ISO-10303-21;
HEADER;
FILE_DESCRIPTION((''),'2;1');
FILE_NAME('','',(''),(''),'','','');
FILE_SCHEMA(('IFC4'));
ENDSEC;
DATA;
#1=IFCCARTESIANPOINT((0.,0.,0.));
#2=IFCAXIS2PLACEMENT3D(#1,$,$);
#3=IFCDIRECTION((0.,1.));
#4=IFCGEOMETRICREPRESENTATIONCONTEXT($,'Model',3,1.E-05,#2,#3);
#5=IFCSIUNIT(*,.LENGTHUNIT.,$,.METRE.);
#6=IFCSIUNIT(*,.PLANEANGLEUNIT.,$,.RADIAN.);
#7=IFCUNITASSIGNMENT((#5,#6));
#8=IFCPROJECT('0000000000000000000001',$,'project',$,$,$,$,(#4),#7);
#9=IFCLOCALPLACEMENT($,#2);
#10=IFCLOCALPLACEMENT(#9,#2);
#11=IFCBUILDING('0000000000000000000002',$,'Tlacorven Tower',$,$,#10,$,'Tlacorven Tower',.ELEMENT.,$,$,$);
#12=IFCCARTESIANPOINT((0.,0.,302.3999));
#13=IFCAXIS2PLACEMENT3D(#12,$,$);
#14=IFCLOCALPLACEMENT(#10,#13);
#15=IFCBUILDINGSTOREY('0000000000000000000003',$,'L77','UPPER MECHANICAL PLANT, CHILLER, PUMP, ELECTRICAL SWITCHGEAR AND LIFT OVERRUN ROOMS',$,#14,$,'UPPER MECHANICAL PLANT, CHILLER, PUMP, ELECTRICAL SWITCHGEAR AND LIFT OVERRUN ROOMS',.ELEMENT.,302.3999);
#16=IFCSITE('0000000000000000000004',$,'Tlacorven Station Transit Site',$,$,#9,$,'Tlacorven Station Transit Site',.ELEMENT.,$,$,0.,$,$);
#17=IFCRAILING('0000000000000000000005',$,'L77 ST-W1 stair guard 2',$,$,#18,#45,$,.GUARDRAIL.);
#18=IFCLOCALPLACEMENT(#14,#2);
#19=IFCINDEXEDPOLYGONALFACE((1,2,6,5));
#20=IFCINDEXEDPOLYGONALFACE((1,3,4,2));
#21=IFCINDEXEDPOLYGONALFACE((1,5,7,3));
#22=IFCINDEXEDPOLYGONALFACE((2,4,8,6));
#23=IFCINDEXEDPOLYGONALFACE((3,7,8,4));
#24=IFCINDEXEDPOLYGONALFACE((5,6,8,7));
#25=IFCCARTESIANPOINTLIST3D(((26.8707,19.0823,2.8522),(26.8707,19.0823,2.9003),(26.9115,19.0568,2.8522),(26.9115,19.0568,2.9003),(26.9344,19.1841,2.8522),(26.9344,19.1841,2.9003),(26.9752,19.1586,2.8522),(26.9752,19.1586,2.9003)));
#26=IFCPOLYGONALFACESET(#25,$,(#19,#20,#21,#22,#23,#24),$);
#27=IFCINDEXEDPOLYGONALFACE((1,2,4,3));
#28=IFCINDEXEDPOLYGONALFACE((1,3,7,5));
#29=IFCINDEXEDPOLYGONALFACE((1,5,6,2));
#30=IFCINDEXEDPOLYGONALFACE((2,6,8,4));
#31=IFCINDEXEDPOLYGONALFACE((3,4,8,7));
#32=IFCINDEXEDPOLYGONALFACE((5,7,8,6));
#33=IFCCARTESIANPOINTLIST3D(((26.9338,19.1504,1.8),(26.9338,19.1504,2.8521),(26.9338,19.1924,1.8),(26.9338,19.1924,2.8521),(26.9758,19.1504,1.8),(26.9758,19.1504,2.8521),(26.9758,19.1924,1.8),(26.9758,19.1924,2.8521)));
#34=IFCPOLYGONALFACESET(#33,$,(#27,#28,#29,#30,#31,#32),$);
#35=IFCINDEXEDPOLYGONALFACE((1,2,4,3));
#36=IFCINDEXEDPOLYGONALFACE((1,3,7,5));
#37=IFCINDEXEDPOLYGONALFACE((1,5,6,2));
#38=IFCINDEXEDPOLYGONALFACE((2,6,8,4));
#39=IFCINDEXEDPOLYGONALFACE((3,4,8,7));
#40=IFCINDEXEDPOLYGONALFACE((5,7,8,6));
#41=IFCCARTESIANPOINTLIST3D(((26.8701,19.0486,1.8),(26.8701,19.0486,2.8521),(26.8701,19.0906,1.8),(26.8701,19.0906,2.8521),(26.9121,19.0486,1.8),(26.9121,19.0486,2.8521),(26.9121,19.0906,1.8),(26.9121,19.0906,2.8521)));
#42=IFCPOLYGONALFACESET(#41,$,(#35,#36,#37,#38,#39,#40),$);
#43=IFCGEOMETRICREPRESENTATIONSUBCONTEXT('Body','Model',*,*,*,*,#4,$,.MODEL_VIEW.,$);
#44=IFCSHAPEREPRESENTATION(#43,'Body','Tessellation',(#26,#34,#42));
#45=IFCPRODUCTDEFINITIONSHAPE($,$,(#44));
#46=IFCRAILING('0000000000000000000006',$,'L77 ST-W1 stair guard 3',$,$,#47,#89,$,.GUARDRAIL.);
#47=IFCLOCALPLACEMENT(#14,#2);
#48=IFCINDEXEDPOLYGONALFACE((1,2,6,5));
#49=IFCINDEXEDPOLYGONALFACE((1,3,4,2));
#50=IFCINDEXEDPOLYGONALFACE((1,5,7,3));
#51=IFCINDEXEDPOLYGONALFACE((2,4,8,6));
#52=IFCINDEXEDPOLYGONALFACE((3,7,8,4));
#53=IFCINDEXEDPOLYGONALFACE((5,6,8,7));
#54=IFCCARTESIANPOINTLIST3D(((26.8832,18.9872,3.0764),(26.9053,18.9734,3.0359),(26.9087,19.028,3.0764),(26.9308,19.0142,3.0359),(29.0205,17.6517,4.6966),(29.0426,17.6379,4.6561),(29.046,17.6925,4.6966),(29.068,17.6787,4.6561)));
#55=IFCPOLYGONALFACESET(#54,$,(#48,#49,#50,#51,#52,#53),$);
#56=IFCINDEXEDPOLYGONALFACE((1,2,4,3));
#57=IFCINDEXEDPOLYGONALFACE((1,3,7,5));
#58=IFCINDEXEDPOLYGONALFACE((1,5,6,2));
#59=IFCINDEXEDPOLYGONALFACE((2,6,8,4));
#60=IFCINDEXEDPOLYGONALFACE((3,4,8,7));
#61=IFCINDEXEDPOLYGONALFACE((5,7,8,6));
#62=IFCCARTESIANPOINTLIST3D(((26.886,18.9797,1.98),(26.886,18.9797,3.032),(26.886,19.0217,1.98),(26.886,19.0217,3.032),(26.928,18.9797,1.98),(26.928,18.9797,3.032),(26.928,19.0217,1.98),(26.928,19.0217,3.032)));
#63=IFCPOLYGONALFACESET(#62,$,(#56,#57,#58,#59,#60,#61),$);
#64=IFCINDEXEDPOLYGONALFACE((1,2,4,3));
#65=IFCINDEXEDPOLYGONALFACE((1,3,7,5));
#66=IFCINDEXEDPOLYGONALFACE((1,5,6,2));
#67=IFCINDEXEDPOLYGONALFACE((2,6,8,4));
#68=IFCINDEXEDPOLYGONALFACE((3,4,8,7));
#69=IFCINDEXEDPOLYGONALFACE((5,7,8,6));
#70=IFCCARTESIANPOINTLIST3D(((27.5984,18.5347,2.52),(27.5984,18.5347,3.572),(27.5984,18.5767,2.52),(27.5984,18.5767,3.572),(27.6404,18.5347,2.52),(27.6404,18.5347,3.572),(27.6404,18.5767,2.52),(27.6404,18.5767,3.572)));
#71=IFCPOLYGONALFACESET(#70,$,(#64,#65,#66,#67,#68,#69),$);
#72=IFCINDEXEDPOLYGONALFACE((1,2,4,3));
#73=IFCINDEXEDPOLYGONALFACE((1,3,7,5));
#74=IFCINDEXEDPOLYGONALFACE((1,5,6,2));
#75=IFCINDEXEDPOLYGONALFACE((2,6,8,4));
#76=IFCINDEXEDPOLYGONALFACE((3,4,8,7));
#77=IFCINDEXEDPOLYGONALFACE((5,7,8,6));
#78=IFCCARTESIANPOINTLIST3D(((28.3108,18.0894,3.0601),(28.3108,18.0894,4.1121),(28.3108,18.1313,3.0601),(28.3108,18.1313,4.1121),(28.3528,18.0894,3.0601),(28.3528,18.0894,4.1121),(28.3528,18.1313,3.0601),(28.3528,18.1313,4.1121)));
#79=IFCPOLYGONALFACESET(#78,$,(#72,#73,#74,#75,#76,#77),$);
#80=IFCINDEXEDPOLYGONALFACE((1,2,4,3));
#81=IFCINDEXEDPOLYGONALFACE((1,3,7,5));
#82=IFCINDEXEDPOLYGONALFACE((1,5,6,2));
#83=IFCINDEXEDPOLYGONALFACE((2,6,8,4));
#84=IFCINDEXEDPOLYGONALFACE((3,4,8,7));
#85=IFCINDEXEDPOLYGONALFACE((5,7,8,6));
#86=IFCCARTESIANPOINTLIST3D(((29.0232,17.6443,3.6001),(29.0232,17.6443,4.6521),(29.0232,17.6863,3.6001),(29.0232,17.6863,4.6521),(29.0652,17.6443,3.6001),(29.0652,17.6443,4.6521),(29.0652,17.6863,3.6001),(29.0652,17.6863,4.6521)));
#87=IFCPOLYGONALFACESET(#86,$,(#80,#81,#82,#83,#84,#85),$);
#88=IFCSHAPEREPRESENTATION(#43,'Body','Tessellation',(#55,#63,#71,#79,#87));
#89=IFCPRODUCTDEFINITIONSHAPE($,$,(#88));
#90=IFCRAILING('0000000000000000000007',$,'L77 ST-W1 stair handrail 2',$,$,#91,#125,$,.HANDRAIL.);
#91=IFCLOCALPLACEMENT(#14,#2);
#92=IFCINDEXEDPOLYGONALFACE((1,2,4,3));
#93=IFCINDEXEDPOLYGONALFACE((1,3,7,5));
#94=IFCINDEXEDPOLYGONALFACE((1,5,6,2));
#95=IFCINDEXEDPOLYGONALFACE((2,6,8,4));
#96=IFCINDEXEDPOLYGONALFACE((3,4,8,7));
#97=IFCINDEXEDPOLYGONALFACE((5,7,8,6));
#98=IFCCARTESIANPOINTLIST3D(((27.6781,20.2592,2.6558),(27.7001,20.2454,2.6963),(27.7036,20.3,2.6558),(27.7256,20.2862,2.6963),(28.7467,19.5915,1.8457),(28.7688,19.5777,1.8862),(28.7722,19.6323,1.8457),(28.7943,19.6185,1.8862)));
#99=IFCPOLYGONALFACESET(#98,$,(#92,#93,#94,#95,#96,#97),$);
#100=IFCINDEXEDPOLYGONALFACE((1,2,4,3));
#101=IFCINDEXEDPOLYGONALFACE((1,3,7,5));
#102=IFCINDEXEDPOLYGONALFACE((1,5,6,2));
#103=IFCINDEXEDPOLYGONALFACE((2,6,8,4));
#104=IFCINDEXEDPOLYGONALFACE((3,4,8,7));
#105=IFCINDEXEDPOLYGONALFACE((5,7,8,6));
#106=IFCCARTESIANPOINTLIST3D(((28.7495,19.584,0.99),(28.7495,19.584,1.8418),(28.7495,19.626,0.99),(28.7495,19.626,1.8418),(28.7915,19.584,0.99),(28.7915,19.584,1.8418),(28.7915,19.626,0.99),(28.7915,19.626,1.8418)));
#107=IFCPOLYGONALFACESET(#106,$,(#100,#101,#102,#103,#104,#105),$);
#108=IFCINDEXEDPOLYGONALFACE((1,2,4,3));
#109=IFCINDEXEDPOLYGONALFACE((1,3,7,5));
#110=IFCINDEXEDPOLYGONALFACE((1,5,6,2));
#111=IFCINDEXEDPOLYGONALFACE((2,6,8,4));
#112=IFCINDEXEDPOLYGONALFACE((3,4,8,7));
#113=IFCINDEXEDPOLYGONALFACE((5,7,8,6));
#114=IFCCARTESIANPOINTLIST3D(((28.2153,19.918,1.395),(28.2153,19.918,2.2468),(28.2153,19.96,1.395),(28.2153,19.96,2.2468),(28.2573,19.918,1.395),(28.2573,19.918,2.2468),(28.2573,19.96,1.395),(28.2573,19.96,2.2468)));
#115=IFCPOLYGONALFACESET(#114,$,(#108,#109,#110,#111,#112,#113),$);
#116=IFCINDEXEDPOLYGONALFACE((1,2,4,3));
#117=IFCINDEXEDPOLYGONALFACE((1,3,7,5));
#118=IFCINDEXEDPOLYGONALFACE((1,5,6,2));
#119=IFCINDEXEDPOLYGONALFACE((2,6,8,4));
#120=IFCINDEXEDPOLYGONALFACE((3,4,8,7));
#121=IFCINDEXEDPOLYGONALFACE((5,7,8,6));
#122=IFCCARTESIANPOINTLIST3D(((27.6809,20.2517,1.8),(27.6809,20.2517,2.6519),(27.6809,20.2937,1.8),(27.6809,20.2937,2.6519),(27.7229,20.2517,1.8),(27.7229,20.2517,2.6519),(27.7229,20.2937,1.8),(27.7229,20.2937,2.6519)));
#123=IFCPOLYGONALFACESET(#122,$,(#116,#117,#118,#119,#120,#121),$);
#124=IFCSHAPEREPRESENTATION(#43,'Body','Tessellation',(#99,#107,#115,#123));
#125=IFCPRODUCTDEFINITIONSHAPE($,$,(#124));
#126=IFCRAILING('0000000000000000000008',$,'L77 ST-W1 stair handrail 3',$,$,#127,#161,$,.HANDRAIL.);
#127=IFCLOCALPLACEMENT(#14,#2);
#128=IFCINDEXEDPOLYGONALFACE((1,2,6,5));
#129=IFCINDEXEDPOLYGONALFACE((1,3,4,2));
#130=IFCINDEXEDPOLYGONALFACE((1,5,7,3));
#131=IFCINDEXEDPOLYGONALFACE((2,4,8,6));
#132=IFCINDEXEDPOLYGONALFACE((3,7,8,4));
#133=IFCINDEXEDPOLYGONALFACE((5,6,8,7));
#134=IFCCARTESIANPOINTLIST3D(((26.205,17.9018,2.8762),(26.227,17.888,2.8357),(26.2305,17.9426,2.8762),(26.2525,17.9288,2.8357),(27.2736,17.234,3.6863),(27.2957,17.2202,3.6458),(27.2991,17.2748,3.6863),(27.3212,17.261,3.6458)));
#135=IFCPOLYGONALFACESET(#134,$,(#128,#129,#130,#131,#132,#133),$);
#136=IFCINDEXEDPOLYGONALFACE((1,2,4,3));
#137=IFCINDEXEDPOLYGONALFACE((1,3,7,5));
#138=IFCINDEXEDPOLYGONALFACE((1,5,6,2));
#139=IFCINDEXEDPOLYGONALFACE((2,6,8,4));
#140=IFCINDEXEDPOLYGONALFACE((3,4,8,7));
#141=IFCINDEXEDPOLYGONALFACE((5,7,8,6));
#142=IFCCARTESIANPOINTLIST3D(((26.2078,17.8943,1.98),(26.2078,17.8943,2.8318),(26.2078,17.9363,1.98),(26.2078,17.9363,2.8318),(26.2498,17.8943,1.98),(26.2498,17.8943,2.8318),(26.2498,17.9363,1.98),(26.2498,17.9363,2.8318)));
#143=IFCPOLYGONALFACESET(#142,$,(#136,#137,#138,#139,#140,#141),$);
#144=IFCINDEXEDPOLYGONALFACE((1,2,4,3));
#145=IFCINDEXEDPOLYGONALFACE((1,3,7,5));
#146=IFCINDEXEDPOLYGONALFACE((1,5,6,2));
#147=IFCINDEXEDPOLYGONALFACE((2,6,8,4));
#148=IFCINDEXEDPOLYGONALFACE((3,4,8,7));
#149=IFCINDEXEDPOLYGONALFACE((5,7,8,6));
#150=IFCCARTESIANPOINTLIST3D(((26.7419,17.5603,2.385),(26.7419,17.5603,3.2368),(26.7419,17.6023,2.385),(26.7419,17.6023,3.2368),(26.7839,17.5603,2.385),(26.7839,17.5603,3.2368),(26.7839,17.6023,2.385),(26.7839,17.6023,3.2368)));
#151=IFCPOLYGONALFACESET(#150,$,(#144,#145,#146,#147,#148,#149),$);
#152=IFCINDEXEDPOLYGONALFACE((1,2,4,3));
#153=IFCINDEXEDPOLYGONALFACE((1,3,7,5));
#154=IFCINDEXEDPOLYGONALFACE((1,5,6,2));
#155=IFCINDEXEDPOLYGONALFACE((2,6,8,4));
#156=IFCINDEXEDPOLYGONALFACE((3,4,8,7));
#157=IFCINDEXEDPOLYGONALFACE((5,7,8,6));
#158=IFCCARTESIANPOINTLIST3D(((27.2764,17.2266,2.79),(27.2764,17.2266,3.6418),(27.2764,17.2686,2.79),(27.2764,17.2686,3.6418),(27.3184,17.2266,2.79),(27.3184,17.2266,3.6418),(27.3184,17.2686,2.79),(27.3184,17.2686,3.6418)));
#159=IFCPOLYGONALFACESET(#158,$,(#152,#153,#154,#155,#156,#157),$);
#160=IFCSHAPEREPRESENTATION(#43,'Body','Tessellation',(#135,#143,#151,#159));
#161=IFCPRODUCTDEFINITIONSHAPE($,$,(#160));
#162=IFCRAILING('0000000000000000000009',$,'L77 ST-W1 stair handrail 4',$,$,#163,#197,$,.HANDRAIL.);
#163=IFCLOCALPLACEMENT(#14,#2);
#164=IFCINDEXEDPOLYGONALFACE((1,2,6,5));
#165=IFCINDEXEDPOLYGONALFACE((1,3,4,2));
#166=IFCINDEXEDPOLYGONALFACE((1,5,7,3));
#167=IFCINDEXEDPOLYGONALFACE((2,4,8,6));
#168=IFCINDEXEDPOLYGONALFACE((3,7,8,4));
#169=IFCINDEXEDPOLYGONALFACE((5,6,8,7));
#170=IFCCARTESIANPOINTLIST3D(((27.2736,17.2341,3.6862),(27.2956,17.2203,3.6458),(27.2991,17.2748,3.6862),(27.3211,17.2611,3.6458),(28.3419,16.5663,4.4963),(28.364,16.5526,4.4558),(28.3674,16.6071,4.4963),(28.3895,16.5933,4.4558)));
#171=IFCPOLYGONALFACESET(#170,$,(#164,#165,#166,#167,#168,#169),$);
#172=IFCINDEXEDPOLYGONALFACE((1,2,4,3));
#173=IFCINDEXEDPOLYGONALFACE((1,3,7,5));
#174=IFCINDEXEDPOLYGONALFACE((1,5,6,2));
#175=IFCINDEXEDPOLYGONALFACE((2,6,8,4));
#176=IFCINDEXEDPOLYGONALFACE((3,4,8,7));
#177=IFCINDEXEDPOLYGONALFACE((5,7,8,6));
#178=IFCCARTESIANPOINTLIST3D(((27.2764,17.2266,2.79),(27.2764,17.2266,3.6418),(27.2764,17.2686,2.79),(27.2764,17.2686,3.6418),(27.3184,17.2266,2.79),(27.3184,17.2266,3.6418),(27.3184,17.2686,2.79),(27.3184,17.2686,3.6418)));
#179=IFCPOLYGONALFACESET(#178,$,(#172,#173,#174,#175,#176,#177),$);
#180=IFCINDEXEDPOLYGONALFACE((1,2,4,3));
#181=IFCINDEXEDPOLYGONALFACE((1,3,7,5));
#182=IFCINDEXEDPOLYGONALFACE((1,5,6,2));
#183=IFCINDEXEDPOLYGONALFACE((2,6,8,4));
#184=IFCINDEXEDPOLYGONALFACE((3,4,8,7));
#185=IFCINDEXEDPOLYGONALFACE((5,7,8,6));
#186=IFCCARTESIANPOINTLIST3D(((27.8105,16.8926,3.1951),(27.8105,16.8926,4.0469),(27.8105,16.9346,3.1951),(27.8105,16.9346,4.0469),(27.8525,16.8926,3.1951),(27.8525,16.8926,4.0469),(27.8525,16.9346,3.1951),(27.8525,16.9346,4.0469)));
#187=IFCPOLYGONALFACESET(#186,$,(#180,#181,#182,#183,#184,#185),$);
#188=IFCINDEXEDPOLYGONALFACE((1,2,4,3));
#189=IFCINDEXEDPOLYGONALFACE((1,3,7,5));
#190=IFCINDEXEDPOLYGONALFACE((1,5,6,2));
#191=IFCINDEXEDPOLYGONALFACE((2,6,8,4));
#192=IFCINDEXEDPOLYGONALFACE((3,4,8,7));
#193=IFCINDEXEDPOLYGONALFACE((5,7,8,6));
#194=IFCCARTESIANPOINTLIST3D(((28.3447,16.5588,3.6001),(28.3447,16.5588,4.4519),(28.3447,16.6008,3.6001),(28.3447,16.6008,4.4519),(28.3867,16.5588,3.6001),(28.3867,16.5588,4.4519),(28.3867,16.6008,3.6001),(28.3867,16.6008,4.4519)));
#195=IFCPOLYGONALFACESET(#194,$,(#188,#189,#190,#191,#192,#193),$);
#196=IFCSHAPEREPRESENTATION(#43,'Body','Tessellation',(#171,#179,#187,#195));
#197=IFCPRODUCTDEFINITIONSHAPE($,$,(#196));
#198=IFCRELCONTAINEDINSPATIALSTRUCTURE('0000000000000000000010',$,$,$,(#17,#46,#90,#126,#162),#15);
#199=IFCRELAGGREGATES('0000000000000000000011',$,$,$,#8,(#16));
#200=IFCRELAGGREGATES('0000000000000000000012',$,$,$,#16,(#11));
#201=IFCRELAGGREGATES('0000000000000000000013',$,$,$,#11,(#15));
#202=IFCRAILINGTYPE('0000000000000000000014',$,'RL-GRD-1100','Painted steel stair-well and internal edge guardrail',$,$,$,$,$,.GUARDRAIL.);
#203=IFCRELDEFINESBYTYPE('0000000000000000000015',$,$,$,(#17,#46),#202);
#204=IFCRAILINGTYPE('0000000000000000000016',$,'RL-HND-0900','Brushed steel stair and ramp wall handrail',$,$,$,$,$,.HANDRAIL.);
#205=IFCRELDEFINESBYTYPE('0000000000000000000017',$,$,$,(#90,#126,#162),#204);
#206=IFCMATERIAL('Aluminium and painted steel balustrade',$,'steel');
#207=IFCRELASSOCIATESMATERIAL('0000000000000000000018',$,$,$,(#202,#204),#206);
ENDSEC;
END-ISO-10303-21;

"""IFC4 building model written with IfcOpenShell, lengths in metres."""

from ifc_helpers import new_model, si_unit, direction, frame, origin, origin_2d, place, context, subcontext, project, spatial, rectangle, extrude, source, transform, mapped, material, type_object, element, save


model = new_model("IFC4")

# Units and contexts
model_context = context("Model", 3, precision=1e-05, world=origin(), true_north=direction((0.0, 1.0)))
body_context = subcontext(model_context, "Body", "Model", "MODEL_VIEW")
ifc_project = project(units=[si_unit("LENGTHUNIT", "METRE"), si_unit("PLANEANGLEUNIT", "RADIAN")], contexts=[model_context])

# Site, building, storey
site_placement = place(None, origin())
site = spatial("IfcSite", under=ifc_project, at=site_placement, Name="Tlacorven Station Transit Site", LongName="Tlacorven Station Transit Site", CompositionType="ELEMENT", RefElevation=0.0)
building_placement = place(site_placement, origin())
building = spatial("IfcBuilding", under=site, at=building_placement, Name="Tlacorven Tower", LongName="Tlacorven Tower", CompositionType="ELEMENT")
storey_placement = place(building_placement, frame((0.0, 0.0, 302.3999)))
storey = spatial("IfcBuildingStorey", under=building, at=storey_placement, Name="L77", Description="UPPER MECHANICAL PLANT, CHILLER, PUMP, ELECTRICAL SWITCHGEAR AND LIFT OVERRUN ROOMS", LongName="UPPER MECHANICAL PLANT, CHILLER, PUMP, ELECTRICAL SWITCHGEAR AND LIFT OVERRUN ROOMS", CompositionType="ELEMENT", Elevation=302.3999)

# Railings
ifc_material_1 = material(Name="Aluminium and painted steel balustrade", Category="steel")
railing_type_1 = type_object("IfcRailingType", Name="RL-GRD-1100", Description="Painted steel stair-well and internal edge guardrail", PredefinedType="GUARDRAIL", material=ifc_material_1)
shared_shape_1 = source(origin(), body_context, "Body", "SweptSolid", [
    extrude(rectangle(XDim=0.0481, YDim=0.0481, at=origin_2d()), frame((0.0, 0.0, 1.0762), z_axis=(-0.530547, -0.847656, 0.0), x_axis=(0.847656, -0.530547, 0.0)), (0.0, 0.0, 1.0), 0.1201),
    extrude(rectangle(XDim=0.042, YDim=0.042, at=origin_2d()), origin(), (0.0, 0.0, 1.0), 1.052),
    extrude(rectangle(XDim=0.042, YDim=0.042, at=origin_2d()), frame((-0.0637, -0.1018, 0.0)), (0.0, 0.0, 1.0), 1.052),
])
railing_1_placement = place(storey_placement, frame((26.9548, 19.1714, 1.8)))
element("IfcRailing", 1, at=railing_1_placement, inside=storey, type_object=railing_type_1, Name="L77 ST-W1 stair guard 2", PredefinedType="GUARDRAIL", context=body_context, shape_type="MappedRepresentation", body=[
    mapped(shared_shape_1, transform((0.0, 0.0, 0.0), scale=1.0)),
])
shared_shape_2 = source(origin(), body_context, "Body", "SweptSolid", [
    extrude(rectangle(XDim=0.0481, YDim=0.0481, at=origin_2d()), frame((0.0, 0.0, 1.0762), z_axis=(0.71336, -0.445748, 0.540765), x_axis=(0.529912, 0.848053, 0.0)), (0.0, 0.0, 1.0), 2.9961),
    extrude(rectangle(XDim=0.042, YDim=0.042, at=origin_2d()), origin(), (0.0, 0.0, 1.0), 1.052),
    extrude(rectangle(XDim=0.042, YDim=0.042, at=origin_2d()), frame((0.7124, -0.4451, 0.54)), (0.0, 0.0, 1.0), 1.052),
    extrude(rectangle(XDim=0.042, YDim=0.042, at=origin_2d()), frame((1.4248, -0.8904, 1.0801)), (0.0, 0.0, 1.0), 1.052),
    extrude(rectangle(XDim=0.042, YDim=0.042, at=origin_2d()), frame((2.1372, -1.3354, 1.6201)), (0.0, 0.0, 1.0), 1.052),
])
railing_2_placement = place(storey_placement, frame((26.907, 19.0007, 1.98)))
element("IfcRailing", 2, at=railing_2_placement, inside=storey, type_object=railing_type_1, Name="L77 ST-W1 stair guard 3", PredefinedType="GUARDRAIL", context=body_context, shape_type="MappedRepresentation", body=[
    mapped(shared_shape_2, transform((0.0, 0.0, 0.0), scale=1.0)),
])
railing_type_2 = type_object("IfcRailingType", Name="RL-HND-0900", Description="Brushed steel stair and ramp wall handrail", PredefinedType="HANDRAIL", material=ifc_material_1)
shared_shape_3 = source(origin(), body_context, "Body", "SweptSolid", [
    extrude(rectangle(XDim=0.0481, YDim=0.0481, at=origin_2d()), frame((0.0, 0.0, 0.876), z_axis=(-0.71336, 0.445748, 0.540765), x_axis=(-0.529912, -0.848053, 0.0)), (0.0, 0.0, 1.0), 1.498),
    extrude(rectangle(XDim=0.042, YDim=0.042, at=origin_2d()), origin(), (0.0, 0.0, 1.0), 0.8518),
    extrude(rectangle(XDim=0.042, YDim=0.042, at=origin_2d()), frame((-0.5342, 0.334, 0.405)), (0.0, 0.0, 1.0), 0.8518),
    extrude(rectangle(XDim=0.042, YDim=0.042, at=origin_2d()), frame((-1.0686, 0.6677, 0.8101)), (0.0, 0.0, 1.0), 0.8518),
])
railing_3_placement = place(storey_placement, frame((28.7705, 19.605, 0.99)))
element("IfcRailing", 3, at=railing_3_placement, inside=storey, type_object=railing_type_2, Name="L77 ST-W1 stair handrail 2", PredefinedType="HANDRAIL", context=body_context, shape_type="MappedRepresentation", body=[
    mapped(shared_shape_3, transform((0.0, 0.0, 0.0), scale=1.0)),
])
shared_shape_4 = source(origin(), body_context, "Body", "SweptSolid", [
    extrude(rectangle(XDim=0.0481, YDim=0.0481, at=origin_2d()), frame((0.0, 0.0, 0.876), z_axis=(0.71336, -0.445748, 0.540765), x_axis=(0.529912, 0.848053, 0.0)), (0.0, 0.0, 1.0), 1.498),
    extrude(rectangle(XDim=0.042, YDim=0.042, at=origin_2d()), origin(), (0.0, 0.0, 1.0), 0.8518),
    extrude(rectangle(XDim=0.042, YDim=0.042, at=origin_2d()), frame((0.5342, -0.334, 0.405)), (0.0, 0.0, 1.0), 0.8518),
    extrude(rectangle(XDim=0.042, YDim=0.042, at=origin_2d()), frame((1.0686, -0.6677, 0.8101)), (0.0, 0.0, 1.0), 0.8518),
])
railing_4_placement = place(storey_placement, frame((26.2288, 17.9153, 1.98)))
element("IfcRailing", 4, at=railing_4_placement, inside=storey, type_object=railing_type_2, Name="L77 ST-W1 stair handrail 3", PredefinedType="HANDRAIL", context=body_context, shape_type="MappedRepresentation", body=[
    mapped(shared_shape_4, transform((0.0, 0.0, 0.0), scale=1.0)),
])
shared_shape_5 = source(origin(), body_context, "Body", "SweptSolid", [
    extrude(rectangle(XDim=0.0481, YDim=0.0481, at=origin_2d()), frame((0.0, 0.0, 0.876), z_axis=(0.71328, -0.4458, 0.540828), x_axis=(0.529999, 0.847998, 0.0)), (0.0, 0.0, 1.0), 1.4978),
    extrude(rectangle(XDim=0.042, YDim=0.042, at=origin_2d()), origin(), (0.0, 0.0, 1.0), 0.8518),
    extrude(rectangle(XDim=0.042, YDim=0.042, at=origin_2d()), frame((0.5342, -0.334, 0.405)), (0.0, 0.0, 1.0), 0.8518),
    extrude(rectangle(XDim=0.042, YDim=0.042, at=origin_2d()), frame((1.0684, -0.6677, 0.8101)), (0.0, 0.0, 1.0), 0.8518),
])
railing_5_placement = place(storey_placement, frame((27.2974, 17.2476, 2.79)))
element("IfcRailing", 5, at=railing_5_placement, inside=storey, type_object=railing_type_2, Name="L77 ST-W1 stair handrail 4", PredefinedType="HANDRAIL", context=body_context, shape_type="MappedRepresentation", body=[
    mapped(shared_shape_5, transform((0.0, 0.0, 0.0), scale=1.0)),
])

save(model, "model.ifc")
